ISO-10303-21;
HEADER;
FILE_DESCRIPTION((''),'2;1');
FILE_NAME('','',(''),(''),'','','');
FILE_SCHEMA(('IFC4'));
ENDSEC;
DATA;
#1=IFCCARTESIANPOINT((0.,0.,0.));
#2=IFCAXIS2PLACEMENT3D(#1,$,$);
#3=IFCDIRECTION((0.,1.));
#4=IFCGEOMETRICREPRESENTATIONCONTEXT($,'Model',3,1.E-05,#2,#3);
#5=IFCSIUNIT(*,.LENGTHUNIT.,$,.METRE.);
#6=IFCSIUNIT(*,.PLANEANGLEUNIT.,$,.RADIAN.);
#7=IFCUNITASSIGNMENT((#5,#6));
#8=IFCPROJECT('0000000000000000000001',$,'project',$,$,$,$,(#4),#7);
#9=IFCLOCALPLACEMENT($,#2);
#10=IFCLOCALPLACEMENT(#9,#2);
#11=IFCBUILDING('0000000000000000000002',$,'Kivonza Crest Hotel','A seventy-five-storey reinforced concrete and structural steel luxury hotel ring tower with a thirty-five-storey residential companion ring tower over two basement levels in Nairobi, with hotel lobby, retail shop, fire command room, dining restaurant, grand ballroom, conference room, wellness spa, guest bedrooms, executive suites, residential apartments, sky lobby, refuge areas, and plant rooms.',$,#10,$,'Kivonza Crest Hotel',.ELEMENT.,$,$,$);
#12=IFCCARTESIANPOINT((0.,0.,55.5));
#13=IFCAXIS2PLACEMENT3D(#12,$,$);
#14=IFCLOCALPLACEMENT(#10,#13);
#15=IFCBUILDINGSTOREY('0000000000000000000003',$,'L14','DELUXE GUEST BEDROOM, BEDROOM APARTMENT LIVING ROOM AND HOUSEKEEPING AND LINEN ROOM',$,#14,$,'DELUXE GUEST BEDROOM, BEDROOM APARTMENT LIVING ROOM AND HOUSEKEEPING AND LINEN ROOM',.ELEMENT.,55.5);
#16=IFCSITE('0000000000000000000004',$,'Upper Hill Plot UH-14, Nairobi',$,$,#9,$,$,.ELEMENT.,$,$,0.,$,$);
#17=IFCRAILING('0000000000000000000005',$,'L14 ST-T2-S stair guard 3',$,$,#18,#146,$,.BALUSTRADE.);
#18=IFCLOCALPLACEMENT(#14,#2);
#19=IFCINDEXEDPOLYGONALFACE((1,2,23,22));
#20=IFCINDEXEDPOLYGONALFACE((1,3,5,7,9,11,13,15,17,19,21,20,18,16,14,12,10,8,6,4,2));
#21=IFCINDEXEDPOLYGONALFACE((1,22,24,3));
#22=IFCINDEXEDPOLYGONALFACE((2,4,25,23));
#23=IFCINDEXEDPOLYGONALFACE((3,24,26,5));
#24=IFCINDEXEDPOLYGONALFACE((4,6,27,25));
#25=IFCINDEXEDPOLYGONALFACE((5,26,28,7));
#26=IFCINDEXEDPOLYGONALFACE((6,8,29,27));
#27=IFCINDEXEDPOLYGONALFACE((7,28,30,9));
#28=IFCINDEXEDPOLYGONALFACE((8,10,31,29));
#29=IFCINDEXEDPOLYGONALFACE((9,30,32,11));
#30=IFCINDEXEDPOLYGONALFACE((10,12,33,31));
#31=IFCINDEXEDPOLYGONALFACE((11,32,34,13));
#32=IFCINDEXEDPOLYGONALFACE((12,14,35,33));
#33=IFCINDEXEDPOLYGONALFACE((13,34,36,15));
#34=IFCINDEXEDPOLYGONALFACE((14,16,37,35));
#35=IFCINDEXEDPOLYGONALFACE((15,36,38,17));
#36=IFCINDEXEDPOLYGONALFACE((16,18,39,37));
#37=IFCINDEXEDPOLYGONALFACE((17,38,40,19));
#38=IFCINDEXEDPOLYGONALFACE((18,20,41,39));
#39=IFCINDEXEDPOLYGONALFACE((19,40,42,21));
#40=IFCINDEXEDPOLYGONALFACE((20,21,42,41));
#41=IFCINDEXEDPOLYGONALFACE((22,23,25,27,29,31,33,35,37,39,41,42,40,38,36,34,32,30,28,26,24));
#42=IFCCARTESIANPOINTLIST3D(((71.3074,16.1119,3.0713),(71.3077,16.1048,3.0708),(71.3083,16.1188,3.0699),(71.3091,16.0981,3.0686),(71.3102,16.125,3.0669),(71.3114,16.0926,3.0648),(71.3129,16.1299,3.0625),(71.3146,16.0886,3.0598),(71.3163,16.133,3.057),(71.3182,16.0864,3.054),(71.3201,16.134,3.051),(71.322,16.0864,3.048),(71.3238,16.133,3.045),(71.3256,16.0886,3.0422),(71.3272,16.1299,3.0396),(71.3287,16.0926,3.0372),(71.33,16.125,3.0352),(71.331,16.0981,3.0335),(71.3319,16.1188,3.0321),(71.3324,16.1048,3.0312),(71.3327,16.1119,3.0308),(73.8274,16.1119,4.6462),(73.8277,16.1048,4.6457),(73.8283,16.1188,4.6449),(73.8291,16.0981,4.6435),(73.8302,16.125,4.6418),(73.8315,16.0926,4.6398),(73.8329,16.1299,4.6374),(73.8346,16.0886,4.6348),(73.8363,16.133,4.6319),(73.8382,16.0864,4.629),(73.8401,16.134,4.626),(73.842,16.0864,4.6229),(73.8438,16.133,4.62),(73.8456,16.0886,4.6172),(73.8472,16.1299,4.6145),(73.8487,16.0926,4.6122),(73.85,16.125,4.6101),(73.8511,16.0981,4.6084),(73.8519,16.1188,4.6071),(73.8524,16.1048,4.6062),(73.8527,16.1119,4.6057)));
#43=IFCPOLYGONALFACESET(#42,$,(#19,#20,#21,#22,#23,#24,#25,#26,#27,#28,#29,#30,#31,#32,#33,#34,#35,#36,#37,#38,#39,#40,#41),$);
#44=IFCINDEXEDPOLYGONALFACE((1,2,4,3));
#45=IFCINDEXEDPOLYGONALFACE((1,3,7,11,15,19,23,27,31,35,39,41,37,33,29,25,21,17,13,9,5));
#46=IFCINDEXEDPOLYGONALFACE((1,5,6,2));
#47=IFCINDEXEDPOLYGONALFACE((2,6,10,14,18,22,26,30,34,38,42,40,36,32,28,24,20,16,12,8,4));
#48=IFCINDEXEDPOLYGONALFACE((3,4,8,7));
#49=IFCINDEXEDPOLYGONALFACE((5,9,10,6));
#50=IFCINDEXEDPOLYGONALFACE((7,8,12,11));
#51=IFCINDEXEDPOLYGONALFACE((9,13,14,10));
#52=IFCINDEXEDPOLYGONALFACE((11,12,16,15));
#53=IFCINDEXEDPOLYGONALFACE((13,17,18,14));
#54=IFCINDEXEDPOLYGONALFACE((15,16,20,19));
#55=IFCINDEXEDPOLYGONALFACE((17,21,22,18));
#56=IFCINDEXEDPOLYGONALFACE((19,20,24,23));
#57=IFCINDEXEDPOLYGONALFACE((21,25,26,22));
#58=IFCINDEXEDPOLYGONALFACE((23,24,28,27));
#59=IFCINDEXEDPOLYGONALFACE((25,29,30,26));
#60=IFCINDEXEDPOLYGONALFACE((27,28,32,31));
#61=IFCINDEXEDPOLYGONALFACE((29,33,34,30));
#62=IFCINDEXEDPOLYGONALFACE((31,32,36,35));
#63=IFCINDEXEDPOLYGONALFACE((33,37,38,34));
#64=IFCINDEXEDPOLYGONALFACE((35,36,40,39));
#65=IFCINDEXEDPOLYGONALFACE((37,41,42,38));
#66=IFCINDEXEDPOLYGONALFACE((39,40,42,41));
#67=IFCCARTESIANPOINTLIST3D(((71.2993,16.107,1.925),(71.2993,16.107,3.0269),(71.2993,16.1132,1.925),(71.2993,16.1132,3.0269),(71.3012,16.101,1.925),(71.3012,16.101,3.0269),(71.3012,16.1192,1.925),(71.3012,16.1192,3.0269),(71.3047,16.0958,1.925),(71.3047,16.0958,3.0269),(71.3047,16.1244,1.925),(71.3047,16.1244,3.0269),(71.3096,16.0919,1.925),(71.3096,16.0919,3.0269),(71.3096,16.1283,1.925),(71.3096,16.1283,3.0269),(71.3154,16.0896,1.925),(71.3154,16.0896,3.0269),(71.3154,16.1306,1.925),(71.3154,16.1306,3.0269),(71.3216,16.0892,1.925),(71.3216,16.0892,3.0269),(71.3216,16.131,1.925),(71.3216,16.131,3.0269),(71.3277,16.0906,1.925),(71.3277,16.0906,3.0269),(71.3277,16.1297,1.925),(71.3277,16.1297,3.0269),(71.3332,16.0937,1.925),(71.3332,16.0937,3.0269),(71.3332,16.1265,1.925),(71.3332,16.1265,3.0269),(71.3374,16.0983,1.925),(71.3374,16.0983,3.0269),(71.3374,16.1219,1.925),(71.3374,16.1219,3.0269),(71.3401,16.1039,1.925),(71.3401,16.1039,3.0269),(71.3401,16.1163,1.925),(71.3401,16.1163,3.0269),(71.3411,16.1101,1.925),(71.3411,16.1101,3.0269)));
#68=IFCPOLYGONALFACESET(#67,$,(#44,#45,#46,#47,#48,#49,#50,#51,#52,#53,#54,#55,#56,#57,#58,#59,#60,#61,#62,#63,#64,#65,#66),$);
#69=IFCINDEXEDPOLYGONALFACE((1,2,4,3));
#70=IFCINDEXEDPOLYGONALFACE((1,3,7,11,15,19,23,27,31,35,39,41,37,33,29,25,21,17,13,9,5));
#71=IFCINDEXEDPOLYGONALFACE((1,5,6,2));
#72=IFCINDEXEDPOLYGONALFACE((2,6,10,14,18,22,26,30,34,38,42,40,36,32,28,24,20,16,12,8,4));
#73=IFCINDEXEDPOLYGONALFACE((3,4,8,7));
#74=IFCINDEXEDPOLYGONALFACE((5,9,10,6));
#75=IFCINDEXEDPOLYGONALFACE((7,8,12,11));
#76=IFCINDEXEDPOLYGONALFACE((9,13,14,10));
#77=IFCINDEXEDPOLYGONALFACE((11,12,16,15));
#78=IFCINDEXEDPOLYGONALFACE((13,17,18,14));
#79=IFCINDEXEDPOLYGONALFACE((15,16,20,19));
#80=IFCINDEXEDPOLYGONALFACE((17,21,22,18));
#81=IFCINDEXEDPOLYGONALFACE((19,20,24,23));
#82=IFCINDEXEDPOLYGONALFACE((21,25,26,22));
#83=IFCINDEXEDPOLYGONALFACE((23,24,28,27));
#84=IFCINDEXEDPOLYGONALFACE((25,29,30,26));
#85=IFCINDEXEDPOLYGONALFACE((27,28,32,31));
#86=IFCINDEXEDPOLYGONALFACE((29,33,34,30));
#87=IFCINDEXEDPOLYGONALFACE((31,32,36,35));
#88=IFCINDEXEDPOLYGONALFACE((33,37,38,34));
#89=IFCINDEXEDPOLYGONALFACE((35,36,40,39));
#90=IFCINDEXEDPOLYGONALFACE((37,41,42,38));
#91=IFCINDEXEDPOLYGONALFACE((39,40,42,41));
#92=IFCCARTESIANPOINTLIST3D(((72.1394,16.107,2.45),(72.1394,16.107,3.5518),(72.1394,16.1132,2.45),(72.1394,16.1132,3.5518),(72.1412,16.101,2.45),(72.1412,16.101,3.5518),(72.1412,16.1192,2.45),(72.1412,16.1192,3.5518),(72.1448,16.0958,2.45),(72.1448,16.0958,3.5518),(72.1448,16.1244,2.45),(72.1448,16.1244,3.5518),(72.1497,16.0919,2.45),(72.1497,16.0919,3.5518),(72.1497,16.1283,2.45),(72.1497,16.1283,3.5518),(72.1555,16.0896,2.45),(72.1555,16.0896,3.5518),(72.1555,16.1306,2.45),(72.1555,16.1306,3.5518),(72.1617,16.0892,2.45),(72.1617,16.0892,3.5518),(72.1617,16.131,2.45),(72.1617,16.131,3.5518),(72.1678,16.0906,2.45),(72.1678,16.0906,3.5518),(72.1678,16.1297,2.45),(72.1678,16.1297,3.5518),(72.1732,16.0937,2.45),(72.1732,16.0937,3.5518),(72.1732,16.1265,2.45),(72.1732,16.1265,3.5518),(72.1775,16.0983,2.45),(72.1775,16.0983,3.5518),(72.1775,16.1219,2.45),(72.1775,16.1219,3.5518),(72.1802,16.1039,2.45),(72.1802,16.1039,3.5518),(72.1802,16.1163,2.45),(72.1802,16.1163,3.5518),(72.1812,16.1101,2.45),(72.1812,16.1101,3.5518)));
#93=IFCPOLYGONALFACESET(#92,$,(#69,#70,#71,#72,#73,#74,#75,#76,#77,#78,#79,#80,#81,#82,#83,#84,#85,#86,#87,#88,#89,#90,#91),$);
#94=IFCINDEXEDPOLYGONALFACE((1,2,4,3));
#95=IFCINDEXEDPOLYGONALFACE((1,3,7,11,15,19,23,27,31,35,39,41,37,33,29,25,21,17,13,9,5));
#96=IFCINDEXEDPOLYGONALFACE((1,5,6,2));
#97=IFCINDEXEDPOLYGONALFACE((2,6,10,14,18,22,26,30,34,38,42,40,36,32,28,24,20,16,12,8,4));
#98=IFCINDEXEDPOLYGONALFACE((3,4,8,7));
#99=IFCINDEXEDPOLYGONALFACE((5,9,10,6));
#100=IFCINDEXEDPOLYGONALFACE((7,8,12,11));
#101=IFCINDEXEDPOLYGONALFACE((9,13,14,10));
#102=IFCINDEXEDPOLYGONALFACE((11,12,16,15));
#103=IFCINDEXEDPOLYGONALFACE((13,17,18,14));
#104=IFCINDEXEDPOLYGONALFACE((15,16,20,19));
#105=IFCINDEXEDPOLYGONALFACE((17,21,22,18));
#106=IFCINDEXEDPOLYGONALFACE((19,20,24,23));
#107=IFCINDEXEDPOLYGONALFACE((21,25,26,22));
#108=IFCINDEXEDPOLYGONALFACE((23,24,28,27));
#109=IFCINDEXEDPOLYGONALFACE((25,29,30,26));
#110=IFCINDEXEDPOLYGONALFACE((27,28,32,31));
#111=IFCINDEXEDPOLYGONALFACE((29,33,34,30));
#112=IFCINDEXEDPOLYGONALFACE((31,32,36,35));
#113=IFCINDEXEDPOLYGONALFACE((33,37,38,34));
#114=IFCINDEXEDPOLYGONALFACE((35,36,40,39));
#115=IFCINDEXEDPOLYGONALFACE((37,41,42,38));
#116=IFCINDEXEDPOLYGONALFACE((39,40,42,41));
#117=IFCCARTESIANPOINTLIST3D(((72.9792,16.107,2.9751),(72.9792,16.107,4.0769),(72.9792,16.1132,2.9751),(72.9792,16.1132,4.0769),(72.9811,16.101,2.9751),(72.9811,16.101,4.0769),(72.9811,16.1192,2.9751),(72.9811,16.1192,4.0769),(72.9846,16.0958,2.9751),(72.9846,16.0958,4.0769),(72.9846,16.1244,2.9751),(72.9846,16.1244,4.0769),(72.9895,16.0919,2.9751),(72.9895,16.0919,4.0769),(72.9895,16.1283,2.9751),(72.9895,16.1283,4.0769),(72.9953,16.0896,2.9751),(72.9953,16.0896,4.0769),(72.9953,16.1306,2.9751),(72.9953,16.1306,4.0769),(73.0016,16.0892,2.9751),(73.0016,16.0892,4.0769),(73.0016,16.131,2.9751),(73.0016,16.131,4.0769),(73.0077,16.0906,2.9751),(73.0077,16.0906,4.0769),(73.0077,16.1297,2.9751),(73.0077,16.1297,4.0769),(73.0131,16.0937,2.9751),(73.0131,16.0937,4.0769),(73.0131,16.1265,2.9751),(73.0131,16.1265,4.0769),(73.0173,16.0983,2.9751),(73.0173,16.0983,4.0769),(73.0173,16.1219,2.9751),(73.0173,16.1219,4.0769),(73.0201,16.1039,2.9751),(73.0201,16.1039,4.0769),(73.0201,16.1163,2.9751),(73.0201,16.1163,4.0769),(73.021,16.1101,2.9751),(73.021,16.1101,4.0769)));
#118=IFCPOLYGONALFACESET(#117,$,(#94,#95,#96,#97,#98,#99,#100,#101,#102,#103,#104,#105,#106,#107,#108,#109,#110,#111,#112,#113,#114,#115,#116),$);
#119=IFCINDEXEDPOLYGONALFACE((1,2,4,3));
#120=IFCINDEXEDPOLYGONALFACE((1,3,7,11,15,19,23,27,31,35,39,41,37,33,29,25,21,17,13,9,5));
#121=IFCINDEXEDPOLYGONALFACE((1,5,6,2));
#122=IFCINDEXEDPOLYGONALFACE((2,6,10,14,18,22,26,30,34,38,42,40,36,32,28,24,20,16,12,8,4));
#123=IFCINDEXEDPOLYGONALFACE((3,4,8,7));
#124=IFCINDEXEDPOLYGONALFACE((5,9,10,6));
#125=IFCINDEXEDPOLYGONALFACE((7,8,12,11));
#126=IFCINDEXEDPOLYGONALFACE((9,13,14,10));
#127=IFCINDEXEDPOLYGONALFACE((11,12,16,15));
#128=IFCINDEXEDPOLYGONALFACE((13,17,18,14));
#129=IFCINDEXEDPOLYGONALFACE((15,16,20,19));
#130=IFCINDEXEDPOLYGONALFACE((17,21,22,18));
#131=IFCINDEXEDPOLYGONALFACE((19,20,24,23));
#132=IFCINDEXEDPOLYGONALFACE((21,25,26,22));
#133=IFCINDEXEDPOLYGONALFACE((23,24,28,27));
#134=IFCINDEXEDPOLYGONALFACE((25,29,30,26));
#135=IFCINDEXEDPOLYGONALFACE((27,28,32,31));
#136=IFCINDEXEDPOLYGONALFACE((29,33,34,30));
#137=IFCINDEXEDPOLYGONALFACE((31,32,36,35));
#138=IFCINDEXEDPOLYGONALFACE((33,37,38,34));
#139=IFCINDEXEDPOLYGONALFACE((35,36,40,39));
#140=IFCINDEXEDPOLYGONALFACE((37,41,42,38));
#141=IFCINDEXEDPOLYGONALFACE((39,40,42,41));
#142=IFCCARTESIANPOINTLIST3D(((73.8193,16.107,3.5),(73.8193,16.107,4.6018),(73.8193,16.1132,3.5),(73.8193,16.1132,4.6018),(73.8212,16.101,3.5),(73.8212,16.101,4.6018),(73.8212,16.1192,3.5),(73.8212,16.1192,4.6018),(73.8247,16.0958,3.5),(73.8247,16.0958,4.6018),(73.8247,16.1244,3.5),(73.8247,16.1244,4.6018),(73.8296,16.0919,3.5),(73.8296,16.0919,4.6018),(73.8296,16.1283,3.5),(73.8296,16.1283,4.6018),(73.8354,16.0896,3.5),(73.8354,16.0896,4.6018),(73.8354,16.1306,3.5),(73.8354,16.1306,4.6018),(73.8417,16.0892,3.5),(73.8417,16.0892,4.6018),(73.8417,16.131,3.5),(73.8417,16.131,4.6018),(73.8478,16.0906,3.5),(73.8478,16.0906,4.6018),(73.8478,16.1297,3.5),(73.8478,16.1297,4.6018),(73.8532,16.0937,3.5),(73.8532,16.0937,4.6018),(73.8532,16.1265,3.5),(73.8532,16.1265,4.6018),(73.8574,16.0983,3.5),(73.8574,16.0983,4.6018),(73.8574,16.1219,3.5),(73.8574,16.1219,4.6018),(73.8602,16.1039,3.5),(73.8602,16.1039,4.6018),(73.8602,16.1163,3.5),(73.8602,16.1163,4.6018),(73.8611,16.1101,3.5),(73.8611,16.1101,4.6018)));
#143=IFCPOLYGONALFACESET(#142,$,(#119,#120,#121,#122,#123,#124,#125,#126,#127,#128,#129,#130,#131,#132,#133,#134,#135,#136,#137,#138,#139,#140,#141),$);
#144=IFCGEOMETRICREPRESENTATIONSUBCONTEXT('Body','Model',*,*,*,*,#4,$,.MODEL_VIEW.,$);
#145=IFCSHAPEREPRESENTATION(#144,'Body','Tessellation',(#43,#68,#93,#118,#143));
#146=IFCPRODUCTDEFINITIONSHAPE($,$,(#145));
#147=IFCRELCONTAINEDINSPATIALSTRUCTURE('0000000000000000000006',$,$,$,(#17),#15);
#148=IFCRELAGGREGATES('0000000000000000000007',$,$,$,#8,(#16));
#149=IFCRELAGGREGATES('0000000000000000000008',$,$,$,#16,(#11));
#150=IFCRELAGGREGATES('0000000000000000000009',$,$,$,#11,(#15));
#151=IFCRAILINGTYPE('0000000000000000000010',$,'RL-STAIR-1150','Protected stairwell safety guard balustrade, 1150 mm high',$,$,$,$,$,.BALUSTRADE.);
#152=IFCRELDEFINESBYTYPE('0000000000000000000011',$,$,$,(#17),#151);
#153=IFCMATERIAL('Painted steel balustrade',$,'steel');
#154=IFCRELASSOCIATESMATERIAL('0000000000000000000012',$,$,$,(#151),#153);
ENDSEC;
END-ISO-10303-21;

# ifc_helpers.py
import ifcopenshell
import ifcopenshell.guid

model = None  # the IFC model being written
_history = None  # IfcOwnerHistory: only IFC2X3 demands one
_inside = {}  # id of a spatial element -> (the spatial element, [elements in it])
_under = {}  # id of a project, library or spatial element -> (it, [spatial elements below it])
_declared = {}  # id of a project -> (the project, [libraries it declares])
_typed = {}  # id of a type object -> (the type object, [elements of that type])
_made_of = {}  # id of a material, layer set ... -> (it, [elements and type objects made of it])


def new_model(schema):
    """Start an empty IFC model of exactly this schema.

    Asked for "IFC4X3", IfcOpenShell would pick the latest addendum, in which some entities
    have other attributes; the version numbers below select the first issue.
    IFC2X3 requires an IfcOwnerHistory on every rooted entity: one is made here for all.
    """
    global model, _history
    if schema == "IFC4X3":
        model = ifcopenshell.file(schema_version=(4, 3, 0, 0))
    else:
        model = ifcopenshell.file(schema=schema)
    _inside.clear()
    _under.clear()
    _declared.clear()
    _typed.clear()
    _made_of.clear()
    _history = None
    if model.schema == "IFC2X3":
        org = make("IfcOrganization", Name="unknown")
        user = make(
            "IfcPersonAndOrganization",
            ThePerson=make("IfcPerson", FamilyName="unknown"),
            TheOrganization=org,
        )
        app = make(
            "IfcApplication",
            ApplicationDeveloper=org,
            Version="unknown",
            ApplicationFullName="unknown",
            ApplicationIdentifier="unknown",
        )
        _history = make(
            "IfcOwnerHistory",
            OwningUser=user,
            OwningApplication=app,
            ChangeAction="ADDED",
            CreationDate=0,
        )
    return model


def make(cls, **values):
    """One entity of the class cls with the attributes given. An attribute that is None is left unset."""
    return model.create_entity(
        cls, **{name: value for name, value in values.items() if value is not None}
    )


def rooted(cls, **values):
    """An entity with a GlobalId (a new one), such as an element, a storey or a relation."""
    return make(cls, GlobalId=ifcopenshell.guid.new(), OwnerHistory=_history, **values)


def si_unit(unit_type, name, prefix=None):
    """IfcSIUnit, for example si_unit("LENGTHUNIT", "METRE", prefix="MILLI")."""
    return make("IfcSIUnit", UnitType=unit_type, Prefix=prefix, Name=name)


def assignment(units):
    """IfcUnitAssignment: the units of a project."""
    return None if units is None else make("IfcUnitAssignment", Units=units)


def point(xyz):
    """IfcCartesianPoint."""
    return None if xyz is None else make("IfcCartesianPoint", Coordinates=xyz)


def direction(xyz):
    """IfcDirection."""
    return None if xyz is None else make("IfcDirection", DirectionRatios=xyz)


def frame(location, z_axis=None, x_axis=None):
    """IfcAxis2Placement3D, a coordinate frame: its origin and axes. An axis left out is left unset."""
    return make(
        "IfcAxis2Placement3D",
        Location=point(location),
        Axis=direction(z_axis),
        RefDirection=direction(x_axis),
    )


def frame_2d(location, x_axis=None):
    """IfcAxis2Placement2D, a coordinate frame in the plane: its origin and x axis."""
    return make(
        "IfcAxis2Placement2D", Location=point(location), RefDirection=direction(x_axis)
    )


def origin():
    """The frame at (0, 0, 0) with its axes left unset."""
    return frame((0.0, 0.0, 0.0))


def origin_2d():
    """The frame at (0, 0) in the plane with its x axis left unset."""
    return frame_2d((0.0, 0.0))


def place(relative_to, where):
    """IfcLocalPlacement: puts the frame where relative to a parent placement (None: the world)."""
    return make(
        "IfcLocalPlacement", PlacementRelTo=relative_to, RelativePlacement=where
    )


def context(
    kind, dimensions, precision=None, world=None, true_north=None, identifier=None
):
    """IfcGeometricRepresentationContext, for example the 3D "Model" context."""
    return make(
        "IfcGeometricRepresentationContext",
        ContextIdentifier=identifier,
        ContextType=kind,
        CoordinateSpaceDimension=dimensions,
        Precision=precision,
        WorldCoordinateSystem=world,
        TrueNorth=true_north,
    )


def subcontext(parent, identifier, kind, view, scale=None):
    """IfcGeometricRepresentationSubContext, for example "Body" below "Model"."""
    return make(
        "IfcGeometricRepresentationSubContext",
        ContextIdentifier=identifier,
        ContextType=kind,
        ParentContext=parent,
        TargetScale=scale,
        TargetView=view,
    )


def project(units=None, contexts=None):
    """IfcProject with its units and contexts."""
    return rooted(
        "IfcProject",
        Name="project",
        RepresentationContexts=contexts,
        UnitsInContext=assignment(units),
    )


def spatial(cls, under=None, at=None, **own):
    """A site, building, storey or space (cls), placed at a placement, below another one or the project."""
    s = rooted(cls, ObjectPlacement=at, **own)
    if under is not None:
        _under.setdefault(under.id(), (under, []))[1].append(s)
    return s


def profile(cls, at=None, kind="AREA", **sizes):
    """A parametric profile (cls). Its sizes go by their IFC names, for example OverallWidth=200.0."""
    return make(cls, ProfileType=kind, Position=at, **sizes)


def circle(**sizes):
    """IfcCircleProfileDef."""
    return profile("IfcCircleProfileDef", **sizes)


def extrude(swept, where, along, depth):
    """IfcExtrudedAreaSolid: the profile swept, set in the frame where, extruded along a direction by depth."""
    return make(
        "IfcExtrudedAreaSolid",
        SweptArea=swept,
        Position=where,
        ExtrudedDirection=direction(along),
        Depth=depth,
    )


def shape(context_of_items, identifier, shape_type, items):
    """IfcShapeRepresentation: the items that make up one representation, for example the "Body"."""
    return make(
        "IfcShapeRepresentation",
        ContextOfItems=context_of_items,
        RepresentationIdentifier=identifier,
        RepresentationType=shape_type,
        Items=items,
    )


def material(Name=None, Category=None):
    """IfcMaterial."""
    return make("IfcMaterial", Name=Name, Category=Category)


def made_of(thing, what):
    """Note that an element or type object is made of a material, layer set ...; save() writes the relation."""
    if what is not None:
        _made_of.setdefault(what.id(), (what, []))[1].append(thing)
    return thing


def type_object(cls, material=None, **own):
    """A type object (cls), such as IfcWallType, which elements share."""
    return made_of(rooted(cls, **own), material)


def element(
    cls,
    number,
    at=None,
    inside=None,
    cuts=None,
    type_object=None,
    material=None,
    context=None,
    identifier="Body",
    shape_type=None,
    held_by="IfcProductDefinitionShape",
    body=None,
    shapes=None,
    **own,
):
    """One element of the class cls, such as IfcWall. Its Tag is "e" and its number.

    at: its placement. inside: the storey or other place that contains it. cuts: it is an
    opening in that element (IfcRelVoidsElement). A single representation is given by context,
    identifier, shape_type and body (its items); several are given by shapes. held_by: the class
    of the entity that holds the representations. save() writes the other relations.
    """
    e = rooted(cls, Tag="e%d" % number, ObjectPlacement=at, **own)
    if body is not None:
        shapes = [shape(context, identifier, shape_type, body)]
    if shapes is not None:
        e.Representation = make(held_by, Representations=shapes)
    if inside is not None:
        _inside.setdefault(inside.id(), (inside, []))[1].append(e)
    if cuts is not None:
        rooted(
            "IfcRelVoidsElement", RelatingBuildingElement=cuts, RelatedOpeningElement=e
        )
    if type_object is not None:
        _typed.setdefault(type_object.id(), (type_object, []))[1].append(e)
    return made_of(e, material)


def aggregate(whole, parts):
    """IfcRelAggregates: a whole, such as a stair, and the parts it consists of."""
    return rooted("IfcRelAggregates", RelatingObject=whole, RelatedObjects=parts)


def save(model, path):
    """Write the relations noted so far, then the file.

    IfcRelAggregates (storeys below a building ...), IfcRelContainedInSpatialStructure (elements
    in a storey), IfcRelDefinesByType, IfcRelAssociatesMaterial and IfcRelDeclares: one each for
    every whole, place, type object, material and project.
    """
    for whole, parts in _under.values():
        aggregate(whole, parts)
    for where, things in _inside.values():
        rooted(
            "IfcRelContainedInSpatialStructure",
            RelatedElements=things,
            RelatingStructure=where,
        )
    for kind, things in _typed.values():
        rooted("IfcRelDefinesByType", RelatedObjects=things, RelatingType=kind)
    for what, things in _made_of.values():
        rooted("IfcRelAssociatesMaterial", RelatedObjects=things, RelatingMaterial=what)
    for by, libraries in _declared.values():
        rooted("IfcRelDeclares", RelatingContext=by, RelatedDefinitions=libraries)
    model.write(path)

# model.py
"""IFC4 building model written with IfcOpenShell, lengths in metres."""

from ifc_helpers import new_model, si_unit, direction, frame, origin, origin_2d, place, context, subcontext, project, spatial, circle, extrude, material, type_object, element, save


model = new_model("IFC4")

# Units and contexts
model_context = context("Model", 3, precision=1e-05, world=origin(), true_north=direction((0.0, 1.0)))
body_context = subcontext(model_context, "Body", "Model", "MODEL_VIEW")
ifc_project = project(units=[si_unit("LENGTHUNIT", "METRE"), si_unit("PLANEANGLEUNIT", "RADIAN")], contexts=[model_context])

# Site, building, storey
site_placement = place(None, origin())
site = spatial("IfcSite", under=ifc_project, at=site_placement, Name="Upper Hill Plot UH-14, Nairobi", CompositionType="ELEMENT", RefElevation=0.0)
building_placement = place(site_placement, origin())
building = spatial("IfcBuilding", under=site, at=building_placement, Name="Kivonza Crest Hotel", Description="A seventy-five-storey reinforced concrete and structural steel luxury hotel ring tower with a thirty-five-storey residential companion ring tower over two basement levels in Nairobi, with hotel lobby, retail shop, fire command room, dining restaurant, grand ballroom, conference room, wellness spa, guest bedrooms, executive suites, residential apartments, sky lobby, refuge areas, and plant rooms.", LongName="Kivonza Crest Hotel", CompositionType="ELEMENT")
storey_placement = place(building_placement, frame((0.0, 0.0, 55.5)))
storey = spatial("IfcBuildingStorey", under=building, at=storey_placement, Name="L14", Description="DELUXE GUEST BEDROOM, BEDROOM APARTMENT LIVING ROOM AND HOUSEKEEPING AND LINEN ROOM", LongName="DELUXE GUEST BEDROOM, BEDROOM APARTMENT LIVING ROOM AND HOUSEKEEPING AND LINEN ROOM", CompositionType="ELEMENT", Elevation=55.5)

# Railing
ifc_material_1 = material(Name="Painted steel balustrade", Category="steel")
railing_type_1 = type_object("IfcRailingType", Name="RL-STAIR-1150", Description="Protected stairwell safety guard balustrade, 1150 mm high", PredefinedType="BALUSTRADE", material=ifc_material_1)
railing_1_placement = place(storey_placement, frame((71.3201, 16.1101, 1.925)))
element("IfcRailing", 1, at=railing_1_placement, inside=storey, type_object=railing_type_1, Name="L14 ST-T2-S stair guard 3", PredefinedType="BALUSTRADE", context=body_context, shape_type="SweptSolid", body=[
    extrude(circle(Radius=0.0239, at=origin_2d()), frame((0.0, 0.0, 1.126), z_axis=(0.848008, 0.0, 0.529984), x_axis=(0.0, 1.0, 0.0)), (0.0, 0.0, 1.0), 2.9717),
    extrude(circle(Radius=0.021, at=origin_2d()), origin(), (0.0, 0.0, 1.0), 1.1018),
    extrude(circle(Radius=0.021, at=origin_2d()), frame((0.8401, 0.0, 0.5249)), (0.0, 0.0, 1.0), 1.1018),
    extrude(circle(Radius=0.021, at=origin_2d()), frame((1.6799, 0.0, 1.05)), (0.0, 0.0, 1.0), 1.1018),
    extrude(circle(Radius=0.021, at=origin_2d()), frame((2.52, 0.0, 1.575)), (0.0, 0.0, 1.0), 1.1018),
])

save(model, "model.ifc")
